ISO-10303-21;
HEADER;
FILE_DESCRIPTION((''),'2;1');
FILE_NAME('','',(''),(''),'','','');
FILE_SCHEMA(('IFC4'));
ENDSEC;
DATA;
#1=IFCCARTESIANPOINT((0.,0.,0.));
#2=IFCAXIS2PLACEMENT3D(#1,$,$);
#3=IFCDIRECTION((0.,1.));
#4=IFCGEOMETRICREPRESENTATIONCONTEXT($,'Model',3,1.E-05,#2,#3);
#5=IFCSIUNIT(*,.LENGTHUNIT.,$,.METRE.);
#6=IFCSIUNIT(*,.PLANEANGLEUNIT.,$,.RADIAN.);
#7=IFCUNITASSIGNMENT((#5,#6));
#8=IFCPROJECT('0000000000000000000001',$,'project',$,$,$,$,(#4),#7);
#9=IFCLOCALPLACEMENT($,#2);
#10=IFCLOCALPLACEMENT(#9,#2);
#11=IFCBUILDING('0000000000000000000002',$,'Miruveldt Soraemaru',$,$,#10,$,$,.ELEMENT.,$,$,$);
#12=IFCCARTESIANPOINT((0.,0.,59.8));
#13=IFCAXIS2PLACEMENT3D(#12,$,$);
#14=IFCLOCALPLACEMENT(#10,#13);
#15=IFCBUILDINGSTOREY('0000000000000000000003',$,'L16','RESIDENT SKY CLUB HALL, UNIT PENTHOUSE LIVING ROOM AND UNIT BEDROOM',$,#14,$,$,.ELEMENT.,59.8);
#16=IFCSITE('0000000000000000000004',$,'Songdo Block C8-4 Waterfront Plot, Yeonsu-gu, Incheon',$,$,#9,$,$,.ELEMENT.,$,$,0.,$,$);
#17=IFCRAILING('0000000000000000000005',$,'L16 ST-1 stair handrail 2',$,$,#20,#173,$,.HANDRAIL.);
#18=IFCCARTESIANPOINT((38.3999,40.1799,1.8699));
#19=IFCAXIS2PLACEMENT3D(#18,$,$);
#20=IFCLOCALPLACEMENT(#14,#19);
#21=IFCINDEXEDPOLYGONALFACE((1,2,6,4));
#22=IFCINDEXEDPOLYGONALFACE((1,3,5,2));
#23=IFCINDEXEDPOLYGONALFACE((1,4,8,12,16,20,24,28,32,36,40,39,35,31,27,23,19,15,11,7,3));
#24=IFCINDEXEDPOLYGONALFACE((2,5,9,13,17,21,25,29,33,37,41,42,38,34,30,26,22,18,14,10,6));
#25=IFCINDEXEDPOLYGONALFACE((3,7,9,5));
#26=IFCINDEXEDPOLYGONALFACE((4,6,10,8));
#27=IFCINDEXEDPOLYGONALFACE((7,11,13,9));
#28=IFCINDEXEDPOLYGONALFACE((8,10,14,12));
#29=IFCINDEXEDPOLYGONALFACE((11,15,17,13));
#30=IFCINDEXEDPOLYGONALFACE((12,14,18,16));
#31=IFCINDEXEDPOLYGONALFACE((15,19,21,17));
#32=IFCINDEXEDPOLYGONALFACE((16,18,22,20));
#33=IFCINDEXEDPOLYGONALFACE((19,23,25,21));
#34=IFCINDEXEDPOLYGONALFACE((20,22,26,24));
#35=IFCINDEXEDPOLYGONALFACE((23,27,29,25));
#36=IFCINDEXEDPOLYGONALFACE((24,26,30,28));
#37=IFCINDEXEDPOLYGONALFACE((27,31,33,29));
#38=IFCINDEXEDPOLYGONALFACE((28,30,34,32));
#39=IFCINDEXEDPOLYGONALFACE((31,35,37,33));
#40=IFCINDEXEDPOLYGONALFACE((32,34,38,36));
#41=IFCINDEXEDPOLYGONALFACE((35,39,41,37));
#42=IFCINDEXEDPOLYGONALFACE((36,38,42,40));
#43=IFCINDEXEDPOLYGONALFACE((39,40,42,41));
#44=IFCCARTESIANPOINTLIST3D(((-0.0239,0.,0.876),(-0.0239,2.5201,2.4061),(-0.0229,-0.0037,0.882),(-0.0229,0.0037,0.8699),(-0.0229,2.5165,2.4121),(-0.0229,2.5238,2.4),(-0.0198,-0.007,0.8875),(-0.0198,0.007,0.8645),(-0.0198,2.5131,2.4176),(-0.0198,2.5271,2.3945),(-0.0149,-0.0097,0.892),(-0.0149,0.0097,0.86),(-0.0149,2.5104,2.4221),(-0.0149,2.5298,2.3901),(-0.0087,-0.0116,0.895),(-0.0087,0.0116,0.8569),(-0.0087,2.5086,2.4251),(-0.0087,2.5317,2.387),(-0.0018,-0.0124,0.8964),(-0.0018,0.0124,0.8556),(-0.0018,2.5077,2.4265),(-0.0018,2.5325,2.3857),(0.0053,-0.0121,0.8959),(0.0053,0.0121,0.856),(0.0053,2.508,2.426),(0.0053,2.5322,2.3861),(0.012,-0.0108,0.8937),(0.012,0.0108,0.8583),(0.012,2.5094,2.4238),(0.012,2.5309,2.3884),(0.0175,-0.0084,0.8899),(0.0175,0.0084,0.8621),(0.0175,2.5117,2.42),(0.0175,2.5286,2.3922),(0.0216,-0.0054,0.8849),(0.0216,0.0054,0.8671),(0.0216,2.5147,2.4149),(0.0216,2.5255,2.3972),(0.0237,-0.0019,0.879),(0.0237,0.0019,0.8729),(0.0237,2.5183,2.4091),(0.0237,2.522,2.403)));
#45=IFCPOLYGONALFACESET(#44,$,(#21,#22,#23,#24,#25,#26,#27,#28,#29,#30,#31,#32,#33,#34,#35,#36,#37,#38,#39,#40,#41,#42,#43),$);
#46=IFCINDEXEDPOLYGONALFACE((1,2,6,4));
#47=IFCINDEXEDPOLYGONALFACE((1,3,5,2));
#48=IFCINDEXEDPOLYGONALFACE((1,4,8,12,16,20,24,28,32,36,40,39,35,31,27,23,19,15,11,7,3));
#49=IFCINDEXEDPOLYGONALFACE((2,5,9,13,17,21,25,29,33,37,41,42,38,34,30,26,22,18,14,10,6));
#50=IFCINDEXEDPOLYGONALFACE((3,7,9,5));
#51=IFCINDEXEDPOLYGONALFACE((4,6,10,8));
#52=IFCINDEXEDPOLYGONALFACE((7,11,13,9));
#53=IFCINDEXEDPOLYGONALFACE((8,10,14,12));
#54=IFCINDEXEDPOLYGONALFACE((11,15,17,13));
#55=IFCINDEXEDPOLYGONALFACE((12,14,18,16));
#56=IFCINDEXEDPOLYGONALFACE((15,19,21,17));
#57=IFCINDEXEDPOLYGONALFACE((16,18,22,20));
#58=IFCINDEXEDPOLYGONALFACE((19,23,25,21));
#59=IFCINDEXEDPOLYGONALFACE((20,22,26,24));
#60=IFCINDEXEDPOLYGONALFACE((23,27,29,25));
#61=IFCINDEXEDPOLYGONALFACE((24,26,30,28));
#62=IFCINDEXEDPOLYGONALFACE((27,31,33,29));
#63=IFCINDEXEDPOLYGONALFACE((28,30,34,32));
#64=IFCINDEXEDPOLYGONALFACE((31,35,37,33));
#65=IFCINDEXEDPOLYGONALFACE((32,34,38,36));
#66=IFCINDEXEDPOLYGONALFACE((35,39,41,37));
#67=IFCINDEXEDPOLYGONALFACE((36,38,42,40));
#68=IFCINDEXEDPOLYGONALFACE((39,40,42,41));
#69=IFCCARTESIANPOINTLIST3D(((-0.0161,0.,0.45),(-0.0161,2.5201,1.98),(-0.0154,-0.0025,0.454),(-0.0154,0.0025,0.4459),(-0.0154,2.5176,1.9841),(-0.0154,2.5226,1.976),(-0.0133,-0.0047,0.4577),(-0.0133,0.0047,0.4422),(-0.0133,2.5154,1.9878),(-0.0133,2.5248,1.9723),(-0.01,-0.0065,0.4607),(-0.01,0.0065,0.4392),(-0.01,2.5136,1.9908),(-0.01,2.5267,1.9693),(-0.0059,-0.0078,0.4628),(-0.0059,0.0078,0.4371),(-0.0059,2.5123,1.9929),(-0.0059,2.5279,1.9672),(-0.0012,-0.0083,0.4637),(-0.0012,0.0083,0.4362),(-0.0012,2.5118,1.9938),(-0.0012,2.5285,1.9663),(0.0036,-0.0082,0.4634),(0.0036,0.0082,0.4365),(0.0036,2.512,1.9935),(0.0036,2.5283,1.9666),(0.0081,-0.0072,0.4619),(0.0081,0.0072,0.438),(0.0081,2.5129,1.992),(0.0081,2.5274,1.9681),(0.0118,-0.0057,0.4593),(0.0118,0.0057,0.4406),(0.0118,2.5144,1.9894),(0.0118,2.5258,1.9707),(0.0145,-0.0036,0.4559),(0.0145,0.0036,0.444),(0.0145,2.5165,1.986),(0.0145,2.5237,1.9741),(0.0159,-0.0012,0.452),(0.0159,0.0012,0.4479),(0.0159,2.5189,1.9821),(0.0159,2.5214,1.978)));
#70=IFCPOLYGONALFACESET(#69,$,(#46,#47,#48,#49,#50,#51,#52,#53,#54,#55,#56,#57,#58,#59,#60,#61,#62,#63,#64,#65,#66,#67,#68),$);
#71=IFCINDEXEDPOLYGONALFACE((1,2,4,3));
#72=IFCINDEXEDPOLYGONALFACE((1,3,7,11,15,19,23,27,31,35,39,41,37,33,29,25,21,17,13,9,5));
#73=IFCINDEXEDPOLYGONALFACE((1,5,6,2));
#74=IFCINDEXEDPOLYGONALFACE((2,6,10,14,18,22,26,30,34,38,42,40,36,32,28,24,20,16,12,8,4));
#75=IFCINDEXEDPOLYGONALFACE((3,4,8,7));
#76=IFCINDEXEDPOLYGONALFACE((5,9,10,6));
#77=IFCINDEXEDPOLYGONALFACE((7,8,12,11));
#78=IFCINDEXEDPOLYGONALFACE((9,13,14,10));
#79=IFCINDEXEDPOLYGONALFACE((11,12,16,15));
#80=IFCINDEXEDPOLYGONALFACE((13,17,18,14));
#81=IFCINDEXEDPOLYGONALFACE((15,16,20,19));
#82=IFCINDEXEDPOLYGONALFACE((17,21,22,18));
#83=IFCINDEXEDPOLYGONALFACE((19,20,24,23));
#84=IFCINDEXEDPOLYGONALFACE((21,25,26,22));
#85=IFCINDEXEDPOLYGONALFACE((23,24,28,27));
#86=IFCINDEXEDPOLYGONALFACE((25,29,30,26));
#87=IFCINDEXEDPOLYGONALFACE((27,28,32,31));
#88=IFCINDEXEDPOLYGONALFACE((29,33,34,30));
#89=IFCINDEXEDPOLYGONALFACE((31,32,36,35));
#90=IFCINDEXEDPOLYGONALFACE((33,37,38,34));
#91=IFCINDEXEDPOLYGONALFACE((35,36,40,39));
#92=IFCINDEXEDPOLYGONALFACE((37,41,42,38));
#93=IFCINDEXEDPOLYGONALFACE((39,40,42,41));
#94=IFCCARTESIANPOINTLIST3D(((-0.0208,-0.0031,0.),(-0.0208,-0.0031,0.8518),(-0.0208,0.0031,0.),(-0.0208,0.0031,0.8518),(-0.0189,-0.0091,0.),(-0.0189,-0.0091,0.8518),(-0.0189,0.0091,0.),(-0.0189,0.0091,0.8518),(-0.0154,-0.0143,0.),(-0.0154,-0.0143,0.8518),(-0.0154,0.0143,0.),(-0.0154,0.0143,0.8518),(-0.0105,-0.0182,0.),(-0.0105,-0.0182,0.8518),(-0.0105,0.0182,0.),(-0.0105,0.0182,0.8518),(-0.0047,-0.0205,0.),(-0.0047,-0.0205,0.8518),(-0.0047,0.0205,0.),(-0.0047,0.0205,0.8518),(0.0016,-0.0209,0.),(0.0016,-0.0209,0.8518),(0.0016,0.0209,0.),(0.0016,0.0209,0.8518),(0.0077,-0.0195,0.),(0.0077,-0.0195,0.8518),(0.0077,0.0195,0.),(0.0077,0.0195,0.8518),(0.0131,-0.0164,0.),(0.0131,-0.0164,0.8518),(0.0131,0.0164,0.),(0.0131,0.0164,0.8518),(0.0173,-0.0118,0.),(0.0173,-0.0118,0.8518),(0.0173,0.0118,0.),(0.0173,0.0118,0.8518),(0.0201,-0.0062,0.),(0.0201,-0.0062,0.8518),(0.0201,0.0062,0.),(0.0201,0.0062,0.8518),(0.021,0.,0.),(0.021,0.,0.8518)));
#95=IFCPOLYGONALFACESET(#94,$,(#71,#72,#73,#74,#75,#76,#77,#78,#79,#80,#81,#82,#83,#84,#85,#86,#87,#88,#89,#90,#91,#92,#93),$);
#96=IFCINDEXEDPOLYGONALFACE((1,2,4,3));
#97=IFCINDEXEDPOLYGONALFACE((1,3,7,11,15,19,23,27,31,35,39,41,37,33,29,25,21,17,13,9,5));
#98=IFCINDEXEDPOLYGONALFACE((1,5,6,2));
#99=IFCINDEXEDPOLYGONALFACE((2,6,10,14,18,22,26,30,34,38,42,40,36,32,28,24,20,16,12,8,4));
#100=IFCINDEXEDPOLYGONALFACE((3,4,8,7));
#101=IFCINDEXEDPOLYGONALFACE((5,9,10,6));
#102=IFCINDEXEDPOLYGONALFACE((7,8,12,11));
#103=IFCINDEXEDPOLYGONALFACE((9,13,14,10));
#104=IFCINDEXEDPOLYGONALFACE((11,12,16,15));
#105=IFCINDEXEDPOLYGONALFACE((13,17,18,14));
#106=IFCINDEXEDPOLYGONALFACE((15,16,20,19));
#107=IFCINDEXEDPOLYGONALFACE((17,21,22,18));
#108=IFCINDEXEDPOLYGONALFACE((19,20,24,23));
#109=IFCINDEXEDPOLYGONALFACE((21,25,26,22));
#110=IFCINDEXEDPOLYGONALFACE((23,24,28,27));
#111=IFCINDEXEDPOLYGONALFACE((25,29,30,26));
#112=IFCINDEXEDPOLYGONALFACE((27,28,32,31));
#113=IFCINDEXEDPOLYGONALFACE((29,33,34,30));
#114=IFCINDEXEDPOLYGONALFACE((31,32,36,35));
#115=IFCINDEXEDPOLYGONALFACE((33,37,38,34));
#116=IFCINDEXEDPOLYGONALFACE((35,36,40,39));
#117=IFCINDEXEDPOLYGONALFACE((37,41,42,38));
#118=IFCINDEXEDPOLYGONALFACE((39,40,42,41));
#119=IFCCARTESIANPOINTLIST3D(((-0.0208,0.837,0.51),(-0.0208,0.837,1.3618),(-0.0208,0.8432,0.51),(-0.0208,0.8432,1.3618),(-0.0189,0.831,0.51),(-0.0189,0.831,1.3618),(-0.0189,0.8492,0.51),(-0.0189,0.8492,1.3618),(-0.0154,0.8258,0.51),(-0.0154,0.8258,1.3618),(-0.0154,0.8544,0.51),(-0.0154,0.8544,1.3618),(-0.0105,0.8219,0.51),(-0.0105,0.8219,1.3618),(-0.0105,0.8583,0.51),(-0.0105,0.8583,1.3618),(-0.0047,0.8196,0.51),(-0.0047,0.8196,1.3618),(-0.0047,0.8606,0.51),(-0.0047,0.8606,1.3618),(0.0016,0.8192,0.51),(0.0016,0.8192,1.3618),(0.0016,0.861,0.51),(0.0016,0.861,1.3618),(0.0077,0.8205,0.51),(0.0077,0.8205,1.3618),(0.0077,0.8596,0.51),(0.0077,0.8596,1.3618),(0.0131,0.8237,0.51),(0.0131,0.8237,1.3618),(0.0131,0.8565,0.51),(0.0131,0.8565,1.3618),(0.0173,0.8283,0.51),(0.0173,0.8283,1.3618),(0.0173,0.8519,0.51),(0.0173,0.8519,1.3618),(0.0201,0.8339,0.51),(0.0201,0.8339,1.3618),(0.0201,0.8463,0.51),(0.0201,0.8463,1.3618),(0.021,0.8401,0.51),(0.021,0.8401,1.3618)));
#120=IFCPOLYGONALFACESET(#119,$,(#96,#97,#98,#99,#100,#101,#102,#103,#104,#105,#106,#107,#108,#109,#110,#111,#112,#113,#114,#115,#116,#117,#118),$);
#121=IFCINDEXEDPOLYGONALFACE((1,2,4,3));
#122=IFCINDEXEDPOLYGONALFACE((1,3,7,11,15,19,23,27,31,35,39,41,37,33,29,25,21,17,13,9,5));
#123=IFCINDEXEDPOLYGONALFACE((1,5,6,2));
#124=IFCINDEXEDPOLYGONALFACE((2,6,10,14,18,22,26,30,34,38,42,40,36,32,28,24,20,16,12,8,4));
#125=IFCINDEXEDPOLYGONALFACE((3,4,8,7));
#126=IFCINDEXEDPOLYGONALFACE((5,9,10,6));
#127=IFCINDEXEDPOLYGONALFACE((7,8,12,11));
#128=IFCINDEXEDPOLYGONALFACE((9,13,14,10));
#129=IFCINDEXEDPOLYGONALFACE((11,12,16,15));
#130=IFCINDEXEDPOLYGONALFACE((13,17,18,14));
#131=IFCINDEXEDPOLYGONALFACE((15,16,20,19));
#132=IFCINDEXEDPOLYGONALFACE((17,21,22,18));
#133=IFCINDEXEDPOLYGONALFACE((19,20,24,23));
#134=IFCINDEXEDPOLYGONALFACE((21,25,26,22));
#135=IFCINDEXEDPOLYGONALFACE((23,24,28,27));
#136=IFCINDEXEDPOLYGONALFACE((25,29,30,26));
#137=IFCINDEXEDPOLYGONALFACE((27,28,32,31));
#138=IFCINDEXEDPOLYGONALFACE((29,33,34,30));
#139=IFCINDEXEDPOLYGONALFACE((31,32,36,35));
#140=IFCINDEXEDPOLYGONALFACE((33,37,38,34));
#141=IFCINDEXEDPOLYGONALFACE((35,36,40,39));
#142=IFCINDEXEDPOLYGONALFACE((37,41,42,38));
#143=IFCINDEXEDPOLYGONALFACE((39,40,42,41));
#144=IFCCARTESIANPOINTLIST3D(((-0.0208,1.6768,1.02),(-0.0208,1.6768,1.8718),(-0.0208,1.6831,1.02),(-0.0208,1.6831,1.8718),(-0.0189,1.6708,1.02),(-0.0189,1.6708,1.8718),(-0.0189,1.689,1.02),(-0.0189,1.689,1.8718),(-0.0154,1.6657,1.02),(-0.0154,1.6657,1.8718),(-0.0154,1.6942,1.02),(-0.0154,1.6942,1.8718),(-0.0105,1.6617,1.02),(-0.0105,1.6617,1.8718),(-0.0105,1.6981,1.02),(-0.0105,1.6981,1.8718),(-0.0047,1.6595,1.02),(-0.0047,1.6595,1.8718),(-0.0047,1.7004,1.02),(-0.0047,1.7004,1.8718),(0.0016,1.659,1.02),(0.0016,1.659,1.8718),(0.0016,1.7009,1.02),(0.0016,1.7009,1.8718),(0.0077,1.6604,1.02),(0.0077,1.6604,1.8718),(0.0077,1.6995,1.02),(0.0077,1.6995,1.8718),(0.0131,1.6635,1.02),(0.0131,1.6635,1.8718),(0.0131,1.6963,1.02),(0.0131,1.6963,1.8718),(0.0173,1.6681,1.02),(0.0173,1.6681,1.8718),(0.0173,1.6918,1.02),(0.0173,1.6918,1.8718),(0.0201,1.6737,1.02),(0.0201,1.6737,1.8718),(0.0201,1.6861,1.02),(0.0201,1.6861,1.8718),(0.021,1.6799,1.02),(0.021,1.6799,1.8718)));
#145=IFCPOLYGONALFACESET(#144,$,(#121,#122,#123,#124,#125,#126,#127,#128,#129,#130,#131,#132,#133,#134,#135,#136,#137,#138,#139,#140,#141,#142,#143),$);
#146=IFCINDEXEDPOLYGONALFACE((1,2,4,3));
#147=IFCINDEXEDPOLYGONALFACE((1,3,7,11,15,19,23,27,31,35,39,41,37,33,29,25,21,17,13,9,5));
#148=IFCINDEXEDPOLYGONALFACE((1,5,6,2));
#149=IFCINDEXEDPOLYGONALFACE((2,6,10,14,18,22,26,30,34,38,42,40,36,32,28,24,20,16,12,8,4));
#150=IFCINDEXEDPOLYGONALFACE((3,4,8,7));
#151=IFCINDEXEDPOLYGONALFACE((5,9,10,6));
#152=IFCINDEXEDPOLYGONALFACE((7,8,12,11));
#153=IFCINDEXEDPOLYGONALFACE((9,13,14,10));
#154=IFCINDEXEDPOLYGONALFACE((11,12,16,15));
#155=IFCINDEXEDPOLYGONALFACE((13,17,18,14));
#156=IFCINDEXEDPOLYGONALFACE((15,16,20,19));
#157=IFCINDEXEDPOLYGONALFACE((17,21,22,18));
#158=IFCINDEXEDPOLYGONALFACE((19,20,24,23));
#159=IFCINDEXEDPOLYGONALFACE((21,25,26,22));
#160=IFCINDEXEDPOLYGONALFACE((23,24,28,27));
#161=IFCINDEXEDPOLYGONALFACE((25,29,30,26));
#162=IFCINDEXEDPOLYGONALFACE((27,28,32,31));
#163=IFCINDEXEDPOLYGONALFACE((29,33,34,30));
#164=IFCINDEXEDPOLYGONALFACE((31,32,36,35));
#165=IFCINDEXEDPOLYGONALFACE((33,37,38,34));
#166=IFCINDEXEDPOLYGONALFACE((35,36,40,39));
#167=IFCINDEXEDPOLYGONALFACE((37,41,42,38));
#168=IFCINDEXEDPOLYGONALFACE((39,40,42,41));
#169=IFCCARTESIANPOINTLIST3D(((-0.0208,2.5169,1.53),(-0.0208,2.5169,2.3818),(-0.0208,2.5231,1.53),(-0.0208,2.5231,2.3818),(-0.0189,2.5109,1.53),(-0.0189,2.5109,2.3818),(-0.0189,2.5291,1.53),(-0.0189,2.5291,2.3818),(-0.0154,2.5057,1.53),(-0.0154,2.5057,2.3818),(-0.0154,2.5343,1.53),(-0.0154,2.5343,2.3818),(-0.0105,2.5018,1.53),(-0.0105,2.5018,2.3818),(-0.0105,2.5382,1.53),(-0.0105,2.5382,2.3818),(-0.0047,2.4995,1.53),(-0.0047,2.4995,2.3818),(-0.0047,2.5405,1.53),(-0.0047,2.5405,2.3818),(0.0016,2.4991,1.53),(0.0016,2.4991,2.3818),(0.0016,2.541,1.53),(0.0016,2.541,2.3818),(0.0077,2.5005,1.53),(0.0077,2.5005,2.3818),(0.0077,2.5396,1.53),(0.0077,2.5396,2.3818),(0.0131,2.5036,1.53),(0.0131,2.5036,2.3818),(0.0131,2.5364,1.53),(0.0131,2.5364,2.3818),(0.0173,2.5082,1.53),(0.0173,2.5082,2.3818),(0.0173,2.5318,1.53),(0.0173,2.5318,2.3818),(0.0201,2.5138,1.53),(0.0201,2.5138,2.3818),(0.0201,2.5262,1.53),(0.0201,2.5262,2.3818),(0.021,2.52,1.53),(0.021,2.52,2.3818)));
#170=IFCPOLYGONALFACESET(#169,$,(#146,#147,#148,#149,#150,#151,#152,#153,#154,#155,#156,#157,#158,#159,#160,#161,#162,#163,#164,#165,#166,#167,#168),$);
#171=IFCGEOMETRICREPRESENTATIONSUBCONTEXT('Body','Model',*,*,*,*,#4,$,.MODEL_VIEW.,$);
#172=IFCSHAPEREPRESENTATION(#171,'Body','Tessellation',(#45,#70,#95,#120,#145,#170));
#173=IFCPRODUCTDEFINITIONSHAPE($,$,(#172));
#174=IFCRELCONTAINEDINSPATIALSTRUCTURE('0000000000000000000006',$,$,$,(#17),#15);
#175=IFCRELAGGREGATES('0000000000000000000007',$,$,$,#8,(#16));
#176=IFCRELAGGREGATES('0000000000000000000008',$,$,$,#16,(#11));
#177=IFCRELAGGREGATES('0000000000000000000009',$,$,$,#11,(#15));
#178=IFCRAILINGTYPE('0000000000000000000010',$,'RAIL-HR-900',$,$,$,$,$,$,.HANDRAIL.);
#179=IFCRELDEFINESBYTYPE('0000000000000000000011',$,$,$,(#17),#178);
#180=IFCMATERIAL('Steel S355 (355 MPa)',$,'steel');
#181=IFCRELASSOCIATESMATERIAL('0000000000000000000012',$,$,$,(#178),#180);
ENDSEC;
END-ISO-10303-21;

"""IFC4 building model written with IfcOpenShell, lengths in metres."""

from ifc_helpers import new_model, si_unit, direction, frame, origin, origin_2d, place, context, subcontext, project, spatial, circle, extrude, material, type_object, element, save


model = new_model("IFC4")

# Units and contexts
model_context = context("Model", 3, precision=1e-05, world=origin(), true_north=direction((0.0, 1.0)))
body_context = subcontext(model_context, "Body", "Model", "MODEL_VIEW")
ifc_project = project(units=[si_unit("LENGTHUNIT", "METRE"), si_unit("PLANEANGLEUNIT", "RADIAN")], contexts=[model_context])

# Site, building, storey
site_placement = place(None, origin())
site = spatial("IfcSite", under=ifc_project, at=site_placement, Name="Songdo Block C8-4 Waterfront Plot, Yeonsu-gu, Incheon", CompositionType="ELEMENT", RefElevation=0.0)
building_placement = place(site_placement, origin())
building = spatial("IfcBuilding", under=site, at=building_placement, Name="Miruveldt Soraemaru", CompositionType="ELEMENT")
storey_placement = place(building_placement, frame((0.0, 0.0, 59.8)))
storey = spatial("IfcBuildingStorey", under=building, at=storey_placement, Name="L16", Description="RESIDENT SKY CLUB HALL, UNIT PENTHOUSE LIVING ROOM AND UNIT BEDROOM", CompositionType="ELEMENT", Elevation=59.8)

# Railing
ifc_material_1 = material(Name="Steel S355 (355 MPa)", Category="steel")
railing_type_1 = type_object("IfcRailingType", Name="RAIL-HR-900", PredefinedType="HANDRAIL", material=ifc_material_1)
railing_1_placement = place(storey_placement, frame((38.3999, 40.1799, 1.8699)))
element("IfcRailing", 1, at=railing_1_placement, inside=storey, type_object=railing_type_1, Name="L16 ST-1 stair handrail 2", PredefinedType="HANDRAIL", context=body_context, shape_type="SweptSolid", body=[
    extrude(circle(Radius=0.0239, at=origin_2d()), frame((0.0, 0.0, 0.876), z_axis=(0.0, 0.854785, 0.518982), x_axis=(-1.0, 0.0, 0.0)), (0.0, 0.0, 1.0), 2.9482),
    extrude(circle(Radius=0.0161, at=origin_2d()), frame((0.0, 0.0, 0.45), z_axis=(0.0, 0.854785, 0.518982), x_axis=(-1.0, 0.0, 0.0)), (0.0, 0.0, 1.0), 2.9482),
    extrude(circle(Radius=0.021, at=origin_2d()), origin(), (0.0, 0.0, 1.0), 0.8518),
    extrude(circle(Radius=0.021, at=origin_2d()), frame((0.0, 0.8401, 0.51)), (0.0, 0.0, 1.0), 0.8518),
    extrude(circle(Radius=0.021, at=origin_2d()), frame((0.0, 1.6799, 1.02)), (0.0, 0.0, 1.0), 0.8518),
    extrude(circle(Radius=0.021, at=origin_2d()), frame((0.0, 2.52, 1.53)), (0.0, 0.0, 1.0), 0.8518),
])

save(model, "model.ifc")
